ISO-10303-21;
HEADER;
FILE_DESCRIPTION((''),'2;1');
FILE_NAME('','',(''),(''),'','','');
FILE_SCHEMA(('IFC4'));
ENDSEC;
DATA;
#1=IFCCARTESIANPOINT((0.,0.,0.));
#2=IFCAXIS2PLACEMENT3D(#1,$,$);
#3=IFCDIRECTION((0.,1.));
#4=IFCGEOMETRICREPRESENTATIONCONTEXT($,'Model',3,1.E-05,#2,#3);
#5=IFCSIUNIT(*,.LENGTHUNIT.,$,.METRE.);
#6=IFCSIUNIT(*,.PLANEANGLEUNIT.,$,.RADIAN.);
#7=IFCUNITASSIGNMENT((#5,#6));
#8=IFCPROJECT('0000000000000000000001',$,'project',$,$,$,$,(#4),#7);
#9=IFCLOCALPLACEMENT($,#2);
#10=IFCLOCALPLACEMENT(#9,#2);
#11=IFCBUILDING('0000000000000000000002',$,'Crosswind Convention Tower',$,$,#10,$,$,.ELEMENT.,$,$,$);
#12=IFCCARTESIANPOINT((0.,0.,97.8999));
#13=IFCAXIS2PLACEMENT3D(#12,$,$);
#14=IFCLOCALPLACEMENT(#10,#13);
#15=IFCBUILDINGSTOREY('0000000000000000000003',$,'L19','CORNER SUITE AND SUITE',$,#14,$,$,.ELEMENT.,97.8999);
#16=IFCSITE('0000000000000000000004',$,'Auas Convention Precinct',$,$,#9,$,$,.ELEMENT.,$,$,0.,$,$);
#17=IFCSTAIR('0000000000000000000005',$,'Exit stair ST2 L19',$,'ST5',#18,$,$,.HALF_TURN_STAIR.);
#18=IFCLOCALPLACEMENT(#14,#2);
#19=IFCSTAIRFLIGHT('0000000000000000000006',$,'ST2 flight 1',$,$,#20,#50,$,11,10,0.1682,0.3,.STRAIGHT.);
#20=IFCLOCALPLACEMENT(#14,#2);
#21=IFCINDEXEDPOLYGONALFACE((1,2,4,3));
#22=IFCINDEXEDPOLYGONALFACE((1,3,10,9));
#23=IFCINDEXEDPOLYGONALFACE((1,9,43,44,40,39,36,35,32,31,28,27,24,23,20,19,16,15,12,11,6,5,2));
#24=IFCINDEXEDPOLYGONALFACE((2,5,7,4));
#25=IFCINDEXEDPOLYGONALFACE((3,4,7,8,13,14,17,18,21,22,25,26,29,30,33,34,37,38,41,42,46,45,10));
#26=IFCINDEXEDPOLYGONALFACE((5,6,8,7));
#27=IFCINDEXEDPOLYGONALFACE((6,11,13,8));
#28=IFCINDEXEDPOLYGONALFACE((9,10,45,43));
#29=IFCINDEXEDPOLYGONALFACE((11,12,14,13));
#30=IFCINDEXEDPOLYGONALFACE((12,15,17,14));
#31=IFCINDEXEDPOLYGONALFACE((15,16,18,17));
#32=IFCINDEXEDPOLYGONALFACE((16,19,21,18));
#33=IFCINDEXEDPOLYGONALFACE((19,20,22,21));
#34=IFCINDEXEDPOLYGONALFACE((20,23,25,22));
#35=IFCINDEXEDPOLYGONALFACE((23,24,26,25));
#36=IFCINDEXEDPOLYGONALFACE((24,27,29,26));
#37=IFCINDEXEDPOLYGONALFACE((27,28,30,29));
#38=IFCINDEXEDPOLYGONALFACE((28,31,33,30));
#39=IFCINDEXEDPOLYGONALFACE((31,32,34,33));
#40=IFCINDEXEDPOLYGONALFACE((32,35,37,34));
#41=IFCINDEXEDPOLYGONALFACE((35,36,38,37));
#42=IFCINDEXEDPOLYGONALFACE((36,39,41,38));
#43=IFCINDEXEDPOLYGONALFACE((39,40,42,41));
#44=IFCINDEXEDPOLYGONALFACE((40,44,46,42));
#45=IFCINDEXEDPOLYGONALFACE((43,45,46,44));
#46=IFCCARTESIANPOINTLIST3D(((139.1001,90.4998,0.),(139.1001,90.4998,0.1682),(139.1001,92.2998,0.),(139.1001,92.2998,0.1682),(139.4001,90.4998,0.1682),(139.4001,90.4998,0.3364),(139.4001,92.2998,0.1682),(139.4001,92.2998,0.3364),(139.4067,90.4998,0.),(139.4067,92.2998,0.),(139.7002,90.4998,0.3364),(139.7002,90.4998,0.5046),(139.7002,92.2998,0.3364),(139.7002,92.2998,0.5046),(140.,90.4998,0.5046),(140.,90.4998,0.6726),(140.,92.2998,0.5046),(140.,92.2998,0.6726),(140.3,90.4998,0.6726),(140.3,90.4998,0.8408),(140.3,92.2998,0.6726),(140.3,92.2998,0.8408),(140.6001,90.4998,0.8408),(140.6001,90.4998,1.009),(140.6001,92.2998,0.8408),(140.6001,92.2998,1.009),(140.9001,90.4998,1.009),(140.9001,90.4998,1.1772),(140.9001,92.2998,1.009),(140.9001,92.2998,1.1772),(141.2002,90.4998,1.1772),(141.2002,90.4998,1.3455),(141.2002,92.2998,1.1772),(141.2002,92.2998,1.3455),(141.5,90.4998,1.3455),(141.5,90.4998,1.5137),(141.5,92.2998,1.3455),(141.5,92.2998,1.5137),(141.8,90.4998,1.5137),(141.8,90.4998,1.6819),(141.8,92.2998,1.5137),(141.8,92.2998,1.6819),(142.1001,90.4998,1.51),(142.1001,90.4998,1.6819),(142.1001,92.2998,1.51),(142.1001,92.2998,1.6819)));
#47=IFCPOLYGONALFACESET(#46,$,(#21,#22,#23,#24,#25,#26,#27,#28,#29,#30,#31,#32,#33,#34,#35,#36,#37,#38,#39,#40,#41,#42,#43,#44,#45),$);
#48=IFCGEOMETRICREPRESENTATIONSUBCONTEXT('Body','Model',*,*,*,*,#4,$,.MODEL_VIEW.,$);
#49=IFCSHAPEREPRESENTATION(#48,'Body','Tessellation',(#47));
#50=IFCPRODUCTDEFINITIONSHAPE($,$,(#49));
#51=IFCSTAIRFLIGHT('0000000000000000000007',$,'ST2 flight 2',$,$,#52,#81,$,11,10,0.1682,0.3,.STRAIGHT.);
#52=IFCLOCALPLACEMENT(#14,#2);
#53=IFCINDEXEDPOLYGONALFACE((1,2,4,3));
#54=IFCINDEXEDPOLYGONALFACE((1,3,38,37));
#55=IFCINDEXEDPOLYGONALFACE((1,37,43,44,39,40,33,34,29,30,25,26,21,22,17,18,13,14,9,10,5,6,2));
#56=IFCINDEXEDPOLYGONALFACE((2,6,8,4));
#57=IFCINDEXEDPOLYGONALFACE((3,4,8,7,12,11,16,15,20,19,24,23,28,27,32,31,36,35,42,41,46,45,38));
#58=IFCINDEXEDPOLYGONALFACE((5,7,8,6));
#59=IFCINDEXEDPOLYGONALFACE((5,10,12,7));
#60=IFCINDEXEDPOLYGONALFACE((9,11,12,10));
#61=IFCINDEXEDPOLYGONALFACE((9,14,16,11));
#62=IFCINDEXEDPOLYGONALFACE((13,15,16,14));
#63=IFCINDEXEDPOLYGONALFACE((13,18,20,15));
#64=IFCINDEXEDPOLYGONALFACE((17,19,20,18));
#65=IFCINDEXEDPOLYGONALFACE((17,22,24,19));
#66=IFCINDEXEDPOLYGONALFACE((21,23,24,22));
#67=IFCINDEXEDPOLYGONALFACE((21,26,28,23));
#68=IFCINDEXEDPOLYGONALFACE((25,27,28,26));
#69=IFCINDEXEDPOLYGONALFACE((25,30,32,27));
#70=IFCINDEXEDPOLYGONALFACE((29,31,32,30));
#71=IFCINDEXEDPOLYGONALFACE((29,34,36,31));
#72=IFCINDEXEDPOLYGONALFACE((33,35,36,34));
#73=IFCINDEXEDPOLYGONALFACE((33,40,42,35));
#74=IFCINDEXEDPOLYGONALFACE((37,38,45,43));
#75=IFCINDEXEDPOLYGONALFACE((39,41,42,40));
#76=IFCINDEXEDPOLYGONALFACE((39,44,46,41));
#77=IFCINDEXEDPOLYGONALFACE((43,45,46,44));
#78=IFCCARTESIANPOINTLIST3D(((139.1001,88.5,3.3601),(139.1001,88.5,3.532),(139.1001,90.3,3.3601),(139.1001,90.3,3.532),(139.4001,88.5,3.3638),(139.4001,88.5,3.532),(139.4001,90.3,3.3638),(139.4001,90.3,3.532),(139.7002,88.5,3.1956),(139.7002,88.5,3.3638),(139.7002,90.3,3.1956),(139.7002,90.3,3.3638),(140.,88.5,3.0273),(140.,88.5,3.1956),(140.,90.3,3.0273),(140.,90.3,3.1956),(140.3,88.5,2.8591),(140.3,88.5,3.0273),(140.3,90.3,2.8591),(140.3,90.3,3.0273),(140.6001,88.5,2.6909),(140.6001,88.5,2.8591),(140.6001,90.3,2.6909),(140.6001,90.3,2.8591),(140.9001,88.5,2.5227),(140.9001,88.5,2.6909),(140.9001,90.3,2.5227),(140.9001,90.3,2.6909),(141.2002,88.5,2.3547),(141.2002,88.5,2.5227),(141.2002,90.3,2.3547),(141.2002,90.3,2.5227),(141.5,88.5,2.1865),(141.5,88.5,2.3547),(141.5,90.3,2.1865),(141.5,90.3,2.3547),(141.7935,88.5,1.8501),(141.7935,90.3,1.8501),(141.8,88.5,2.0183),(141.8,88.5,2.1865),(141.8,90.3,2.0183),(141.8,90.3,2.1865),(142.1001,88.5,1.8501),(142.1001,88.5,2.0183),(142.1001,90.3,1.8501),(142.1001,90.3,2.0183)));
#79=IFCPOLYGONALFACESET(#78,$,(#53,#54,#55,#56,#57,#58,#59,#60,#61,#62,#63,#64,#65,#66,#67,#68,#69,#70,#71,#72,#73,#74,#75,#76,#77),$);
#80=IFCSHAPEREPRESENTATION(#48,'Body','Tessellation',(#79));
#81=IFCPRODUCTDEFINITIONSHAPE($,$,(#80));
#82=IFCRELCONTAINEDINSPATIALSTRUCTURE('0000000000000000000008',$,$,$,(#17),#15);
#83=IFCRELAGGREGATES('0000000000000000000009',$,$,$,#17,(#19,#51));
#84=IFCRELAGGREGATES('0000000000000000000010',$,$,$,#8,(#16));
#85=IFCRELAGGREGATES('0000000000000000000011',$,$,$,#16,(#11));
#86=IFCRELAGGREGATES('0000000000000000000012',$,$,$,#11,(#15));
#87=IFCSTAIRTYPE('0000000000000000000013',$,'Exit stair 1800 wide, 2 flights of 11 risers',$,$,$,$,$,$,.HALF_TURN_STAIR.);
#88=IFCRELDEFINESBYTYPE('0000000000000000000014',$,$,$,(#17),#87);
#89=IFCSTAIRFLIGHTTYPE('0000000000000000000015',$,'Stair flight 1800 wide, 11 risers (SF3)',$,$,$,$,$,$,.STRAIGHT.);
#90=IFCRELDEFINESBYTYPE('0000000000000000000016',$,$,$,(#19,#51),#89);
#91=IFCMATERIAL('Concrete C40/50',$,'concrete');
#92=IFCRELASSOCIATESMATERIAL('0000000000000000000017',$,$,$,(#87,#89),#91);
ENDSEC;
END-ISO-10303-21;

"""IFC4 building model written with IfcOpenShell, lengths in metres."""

from ifc_helpers import new_model, si_unit, direction, frame, origin, place, context, subcontext, project, spatial, polyline, outline, extrude, material, type_object, element, aggregate, save


model = new_model("IFC4")

# Units and contexts
model_context = context("Model", 3, precision=1e-05, world=origin(), true_north=direction((0.0, 1.0)))
body_context = subcontext(model_context, "Body", "Model", "MODEL_VIEW")
ifc_project = project(units=[si_unit("LENGTHUNIT", "METRE"), si_unit("PLANEANGLEUNIT", "RADIAN")], contexts=[model_context])

# Site, building, storey
site_placement = place(None, origin())
site = spatial("IfcSite", under=ifc_project, at=site_placement, Name="Auas Convention Precinct", CompositionType="ELEMENT", RefElevation=0.0)
building_placement = place(site_placement, origin())
building = spatial("IfcBuilding", under=site, at=building_placement, Name="Crosswind Convention Tower", CompositionType="ELEMENT")
storey_placement = place(building_placement, frame((0.0, 0.0, 97.8999)))
storey = spatial("IfcBuildingStorey", under=building, at=storey_placement, Name="L19", Description="CORNER SUITE AND SUITE", CompositionType="ELEMENT", Elevation=97.8999)

# Stair, stair flights
ifc_material_1 = material(Name="Concrete C40/50", Category="concrete")
stair_type = type_object("IfcStairType", Name="Exit stair 1800 wide, 2 flights of 11 risers", PredefinedType="HALF_TURN_STAIR", material=ifc_material_1)
stair_placement = place(storey_placement, origin())
stair = element("IfcStair", 1, at=stair_placement, inside=storey, type_object=stair_type, Name="Exit stair ST2 L19", ObjectType="ST5", PredefinedType="HALF_TURN_STAIR")
stair_flight_type = type_object("IfcStairFlightType", Name="Stair flight 1800 wide, 11 risers (SF3)", PredefinedType="STRAIGHT", material=ifc_material_1)
stair_flight_1_placement = place(storey_placement, frame((139.1001, 91.3999, 0.0), z_axis=(0.0, 0.0, 1.0), x_axis=(1.0, 0.0, 0.0)))
stair_flight_1 = element("IfcStairFlight", 2, at=stair_flight_1_placement, type_object=stair_flight_type, Name="ST2 flight 1", NumberOfRisers=11, NumberOfTreads=10, PredefinedType="STRAIGHT", RiserHeight=0.1682, TreadLength=0.3, context=body_context, shape_type="SweptSolid", body=[
    extrude(outline(polyline([(0.0, 0.0), (0.0, 0.1682), (0.3, 0.1682), (0.3, 0.3364), (0.6001, 0.3364), (0.6001, 0.5046), (0.8999, 0.5046), (0.8999, 0.6726), (1.2, 0.6726), (1.2, 0.8408), (1.5, 0.8408), (1.5, 1.009), (1.8, 1.009), (1.8, 1.1772), (2.1001, 1.1772), (2.1001, 1.3455), (2.3999, 1.3455), (2.3999, 1.5137), (2.7, 1.5137), (2.7, 1.6819), (3.0, 1.6819), (3.0, 1.8501), (3.0, 1.51), (0.3066, 0.0), (0.0, 0.0)])), frame((0.0, 0.8999, 0.0), z_axis=(0.0, -1.0, 0.0), x_axis=(1.0, 0.0, 0.0)), (0.0, 0.0, 1.0), 1.8),
])
stair_flight_2_placement = place(storey_placement, frame((142.1001, 89.3999, 1.8501), z_axis=(0.0, 0.0, 1.0), x_axis=(-1.0, 0.0, 0.0)))
stair_flight_2 = element("IfcStairFlight", 3, at=stair_flight_2_placement, type_object=stair_flight_type, Name="ST2 flight 2", NumberOfRisers=11, NumberOfTreads=10, PredefinedType="STRAIGHT", RiserHeight=0.1682, TreadLength=0.3, context=body_context, shape_type="SweptSolid", body=[
    extrude(outline(polyline([(0.0, 0.0), (0.0, 0.1682), (0.3, 0.1682), (0.3, 0.3364), (0.6001, 0.3364), (0.6001, 0.5046), (0.8999, 0.5046), (0.8999, 0.6726), (1.2, 0.6726), (1.2, 0.8408), (1.5, 0.8408), (1.5, 1.009), (1.8, 1.009), (1.8, 1.1772), (2.1001, 1.1772), (2.1001, 1.3455), (2.3999, 1.3455), (2.3999, 1.5137), (2.7, 1.5137), (2.7, 1.6819), (3.0, 1.6819), (3.0, 1.8501), (3.0, 1.51), (0.3066, 0.0), (0.0, 0.0)])), frame((0.0, 0.8999, 0.0), z_axis=(0.0, -1.0, 0.0), x_axis=(1.0, 0.0, 0.0)), (0.0, 0.0, 1.0), 1.8),
])
aggregate(stair, [stair_flight_1, stair_flight_2])

save(model, "model.ifc")
